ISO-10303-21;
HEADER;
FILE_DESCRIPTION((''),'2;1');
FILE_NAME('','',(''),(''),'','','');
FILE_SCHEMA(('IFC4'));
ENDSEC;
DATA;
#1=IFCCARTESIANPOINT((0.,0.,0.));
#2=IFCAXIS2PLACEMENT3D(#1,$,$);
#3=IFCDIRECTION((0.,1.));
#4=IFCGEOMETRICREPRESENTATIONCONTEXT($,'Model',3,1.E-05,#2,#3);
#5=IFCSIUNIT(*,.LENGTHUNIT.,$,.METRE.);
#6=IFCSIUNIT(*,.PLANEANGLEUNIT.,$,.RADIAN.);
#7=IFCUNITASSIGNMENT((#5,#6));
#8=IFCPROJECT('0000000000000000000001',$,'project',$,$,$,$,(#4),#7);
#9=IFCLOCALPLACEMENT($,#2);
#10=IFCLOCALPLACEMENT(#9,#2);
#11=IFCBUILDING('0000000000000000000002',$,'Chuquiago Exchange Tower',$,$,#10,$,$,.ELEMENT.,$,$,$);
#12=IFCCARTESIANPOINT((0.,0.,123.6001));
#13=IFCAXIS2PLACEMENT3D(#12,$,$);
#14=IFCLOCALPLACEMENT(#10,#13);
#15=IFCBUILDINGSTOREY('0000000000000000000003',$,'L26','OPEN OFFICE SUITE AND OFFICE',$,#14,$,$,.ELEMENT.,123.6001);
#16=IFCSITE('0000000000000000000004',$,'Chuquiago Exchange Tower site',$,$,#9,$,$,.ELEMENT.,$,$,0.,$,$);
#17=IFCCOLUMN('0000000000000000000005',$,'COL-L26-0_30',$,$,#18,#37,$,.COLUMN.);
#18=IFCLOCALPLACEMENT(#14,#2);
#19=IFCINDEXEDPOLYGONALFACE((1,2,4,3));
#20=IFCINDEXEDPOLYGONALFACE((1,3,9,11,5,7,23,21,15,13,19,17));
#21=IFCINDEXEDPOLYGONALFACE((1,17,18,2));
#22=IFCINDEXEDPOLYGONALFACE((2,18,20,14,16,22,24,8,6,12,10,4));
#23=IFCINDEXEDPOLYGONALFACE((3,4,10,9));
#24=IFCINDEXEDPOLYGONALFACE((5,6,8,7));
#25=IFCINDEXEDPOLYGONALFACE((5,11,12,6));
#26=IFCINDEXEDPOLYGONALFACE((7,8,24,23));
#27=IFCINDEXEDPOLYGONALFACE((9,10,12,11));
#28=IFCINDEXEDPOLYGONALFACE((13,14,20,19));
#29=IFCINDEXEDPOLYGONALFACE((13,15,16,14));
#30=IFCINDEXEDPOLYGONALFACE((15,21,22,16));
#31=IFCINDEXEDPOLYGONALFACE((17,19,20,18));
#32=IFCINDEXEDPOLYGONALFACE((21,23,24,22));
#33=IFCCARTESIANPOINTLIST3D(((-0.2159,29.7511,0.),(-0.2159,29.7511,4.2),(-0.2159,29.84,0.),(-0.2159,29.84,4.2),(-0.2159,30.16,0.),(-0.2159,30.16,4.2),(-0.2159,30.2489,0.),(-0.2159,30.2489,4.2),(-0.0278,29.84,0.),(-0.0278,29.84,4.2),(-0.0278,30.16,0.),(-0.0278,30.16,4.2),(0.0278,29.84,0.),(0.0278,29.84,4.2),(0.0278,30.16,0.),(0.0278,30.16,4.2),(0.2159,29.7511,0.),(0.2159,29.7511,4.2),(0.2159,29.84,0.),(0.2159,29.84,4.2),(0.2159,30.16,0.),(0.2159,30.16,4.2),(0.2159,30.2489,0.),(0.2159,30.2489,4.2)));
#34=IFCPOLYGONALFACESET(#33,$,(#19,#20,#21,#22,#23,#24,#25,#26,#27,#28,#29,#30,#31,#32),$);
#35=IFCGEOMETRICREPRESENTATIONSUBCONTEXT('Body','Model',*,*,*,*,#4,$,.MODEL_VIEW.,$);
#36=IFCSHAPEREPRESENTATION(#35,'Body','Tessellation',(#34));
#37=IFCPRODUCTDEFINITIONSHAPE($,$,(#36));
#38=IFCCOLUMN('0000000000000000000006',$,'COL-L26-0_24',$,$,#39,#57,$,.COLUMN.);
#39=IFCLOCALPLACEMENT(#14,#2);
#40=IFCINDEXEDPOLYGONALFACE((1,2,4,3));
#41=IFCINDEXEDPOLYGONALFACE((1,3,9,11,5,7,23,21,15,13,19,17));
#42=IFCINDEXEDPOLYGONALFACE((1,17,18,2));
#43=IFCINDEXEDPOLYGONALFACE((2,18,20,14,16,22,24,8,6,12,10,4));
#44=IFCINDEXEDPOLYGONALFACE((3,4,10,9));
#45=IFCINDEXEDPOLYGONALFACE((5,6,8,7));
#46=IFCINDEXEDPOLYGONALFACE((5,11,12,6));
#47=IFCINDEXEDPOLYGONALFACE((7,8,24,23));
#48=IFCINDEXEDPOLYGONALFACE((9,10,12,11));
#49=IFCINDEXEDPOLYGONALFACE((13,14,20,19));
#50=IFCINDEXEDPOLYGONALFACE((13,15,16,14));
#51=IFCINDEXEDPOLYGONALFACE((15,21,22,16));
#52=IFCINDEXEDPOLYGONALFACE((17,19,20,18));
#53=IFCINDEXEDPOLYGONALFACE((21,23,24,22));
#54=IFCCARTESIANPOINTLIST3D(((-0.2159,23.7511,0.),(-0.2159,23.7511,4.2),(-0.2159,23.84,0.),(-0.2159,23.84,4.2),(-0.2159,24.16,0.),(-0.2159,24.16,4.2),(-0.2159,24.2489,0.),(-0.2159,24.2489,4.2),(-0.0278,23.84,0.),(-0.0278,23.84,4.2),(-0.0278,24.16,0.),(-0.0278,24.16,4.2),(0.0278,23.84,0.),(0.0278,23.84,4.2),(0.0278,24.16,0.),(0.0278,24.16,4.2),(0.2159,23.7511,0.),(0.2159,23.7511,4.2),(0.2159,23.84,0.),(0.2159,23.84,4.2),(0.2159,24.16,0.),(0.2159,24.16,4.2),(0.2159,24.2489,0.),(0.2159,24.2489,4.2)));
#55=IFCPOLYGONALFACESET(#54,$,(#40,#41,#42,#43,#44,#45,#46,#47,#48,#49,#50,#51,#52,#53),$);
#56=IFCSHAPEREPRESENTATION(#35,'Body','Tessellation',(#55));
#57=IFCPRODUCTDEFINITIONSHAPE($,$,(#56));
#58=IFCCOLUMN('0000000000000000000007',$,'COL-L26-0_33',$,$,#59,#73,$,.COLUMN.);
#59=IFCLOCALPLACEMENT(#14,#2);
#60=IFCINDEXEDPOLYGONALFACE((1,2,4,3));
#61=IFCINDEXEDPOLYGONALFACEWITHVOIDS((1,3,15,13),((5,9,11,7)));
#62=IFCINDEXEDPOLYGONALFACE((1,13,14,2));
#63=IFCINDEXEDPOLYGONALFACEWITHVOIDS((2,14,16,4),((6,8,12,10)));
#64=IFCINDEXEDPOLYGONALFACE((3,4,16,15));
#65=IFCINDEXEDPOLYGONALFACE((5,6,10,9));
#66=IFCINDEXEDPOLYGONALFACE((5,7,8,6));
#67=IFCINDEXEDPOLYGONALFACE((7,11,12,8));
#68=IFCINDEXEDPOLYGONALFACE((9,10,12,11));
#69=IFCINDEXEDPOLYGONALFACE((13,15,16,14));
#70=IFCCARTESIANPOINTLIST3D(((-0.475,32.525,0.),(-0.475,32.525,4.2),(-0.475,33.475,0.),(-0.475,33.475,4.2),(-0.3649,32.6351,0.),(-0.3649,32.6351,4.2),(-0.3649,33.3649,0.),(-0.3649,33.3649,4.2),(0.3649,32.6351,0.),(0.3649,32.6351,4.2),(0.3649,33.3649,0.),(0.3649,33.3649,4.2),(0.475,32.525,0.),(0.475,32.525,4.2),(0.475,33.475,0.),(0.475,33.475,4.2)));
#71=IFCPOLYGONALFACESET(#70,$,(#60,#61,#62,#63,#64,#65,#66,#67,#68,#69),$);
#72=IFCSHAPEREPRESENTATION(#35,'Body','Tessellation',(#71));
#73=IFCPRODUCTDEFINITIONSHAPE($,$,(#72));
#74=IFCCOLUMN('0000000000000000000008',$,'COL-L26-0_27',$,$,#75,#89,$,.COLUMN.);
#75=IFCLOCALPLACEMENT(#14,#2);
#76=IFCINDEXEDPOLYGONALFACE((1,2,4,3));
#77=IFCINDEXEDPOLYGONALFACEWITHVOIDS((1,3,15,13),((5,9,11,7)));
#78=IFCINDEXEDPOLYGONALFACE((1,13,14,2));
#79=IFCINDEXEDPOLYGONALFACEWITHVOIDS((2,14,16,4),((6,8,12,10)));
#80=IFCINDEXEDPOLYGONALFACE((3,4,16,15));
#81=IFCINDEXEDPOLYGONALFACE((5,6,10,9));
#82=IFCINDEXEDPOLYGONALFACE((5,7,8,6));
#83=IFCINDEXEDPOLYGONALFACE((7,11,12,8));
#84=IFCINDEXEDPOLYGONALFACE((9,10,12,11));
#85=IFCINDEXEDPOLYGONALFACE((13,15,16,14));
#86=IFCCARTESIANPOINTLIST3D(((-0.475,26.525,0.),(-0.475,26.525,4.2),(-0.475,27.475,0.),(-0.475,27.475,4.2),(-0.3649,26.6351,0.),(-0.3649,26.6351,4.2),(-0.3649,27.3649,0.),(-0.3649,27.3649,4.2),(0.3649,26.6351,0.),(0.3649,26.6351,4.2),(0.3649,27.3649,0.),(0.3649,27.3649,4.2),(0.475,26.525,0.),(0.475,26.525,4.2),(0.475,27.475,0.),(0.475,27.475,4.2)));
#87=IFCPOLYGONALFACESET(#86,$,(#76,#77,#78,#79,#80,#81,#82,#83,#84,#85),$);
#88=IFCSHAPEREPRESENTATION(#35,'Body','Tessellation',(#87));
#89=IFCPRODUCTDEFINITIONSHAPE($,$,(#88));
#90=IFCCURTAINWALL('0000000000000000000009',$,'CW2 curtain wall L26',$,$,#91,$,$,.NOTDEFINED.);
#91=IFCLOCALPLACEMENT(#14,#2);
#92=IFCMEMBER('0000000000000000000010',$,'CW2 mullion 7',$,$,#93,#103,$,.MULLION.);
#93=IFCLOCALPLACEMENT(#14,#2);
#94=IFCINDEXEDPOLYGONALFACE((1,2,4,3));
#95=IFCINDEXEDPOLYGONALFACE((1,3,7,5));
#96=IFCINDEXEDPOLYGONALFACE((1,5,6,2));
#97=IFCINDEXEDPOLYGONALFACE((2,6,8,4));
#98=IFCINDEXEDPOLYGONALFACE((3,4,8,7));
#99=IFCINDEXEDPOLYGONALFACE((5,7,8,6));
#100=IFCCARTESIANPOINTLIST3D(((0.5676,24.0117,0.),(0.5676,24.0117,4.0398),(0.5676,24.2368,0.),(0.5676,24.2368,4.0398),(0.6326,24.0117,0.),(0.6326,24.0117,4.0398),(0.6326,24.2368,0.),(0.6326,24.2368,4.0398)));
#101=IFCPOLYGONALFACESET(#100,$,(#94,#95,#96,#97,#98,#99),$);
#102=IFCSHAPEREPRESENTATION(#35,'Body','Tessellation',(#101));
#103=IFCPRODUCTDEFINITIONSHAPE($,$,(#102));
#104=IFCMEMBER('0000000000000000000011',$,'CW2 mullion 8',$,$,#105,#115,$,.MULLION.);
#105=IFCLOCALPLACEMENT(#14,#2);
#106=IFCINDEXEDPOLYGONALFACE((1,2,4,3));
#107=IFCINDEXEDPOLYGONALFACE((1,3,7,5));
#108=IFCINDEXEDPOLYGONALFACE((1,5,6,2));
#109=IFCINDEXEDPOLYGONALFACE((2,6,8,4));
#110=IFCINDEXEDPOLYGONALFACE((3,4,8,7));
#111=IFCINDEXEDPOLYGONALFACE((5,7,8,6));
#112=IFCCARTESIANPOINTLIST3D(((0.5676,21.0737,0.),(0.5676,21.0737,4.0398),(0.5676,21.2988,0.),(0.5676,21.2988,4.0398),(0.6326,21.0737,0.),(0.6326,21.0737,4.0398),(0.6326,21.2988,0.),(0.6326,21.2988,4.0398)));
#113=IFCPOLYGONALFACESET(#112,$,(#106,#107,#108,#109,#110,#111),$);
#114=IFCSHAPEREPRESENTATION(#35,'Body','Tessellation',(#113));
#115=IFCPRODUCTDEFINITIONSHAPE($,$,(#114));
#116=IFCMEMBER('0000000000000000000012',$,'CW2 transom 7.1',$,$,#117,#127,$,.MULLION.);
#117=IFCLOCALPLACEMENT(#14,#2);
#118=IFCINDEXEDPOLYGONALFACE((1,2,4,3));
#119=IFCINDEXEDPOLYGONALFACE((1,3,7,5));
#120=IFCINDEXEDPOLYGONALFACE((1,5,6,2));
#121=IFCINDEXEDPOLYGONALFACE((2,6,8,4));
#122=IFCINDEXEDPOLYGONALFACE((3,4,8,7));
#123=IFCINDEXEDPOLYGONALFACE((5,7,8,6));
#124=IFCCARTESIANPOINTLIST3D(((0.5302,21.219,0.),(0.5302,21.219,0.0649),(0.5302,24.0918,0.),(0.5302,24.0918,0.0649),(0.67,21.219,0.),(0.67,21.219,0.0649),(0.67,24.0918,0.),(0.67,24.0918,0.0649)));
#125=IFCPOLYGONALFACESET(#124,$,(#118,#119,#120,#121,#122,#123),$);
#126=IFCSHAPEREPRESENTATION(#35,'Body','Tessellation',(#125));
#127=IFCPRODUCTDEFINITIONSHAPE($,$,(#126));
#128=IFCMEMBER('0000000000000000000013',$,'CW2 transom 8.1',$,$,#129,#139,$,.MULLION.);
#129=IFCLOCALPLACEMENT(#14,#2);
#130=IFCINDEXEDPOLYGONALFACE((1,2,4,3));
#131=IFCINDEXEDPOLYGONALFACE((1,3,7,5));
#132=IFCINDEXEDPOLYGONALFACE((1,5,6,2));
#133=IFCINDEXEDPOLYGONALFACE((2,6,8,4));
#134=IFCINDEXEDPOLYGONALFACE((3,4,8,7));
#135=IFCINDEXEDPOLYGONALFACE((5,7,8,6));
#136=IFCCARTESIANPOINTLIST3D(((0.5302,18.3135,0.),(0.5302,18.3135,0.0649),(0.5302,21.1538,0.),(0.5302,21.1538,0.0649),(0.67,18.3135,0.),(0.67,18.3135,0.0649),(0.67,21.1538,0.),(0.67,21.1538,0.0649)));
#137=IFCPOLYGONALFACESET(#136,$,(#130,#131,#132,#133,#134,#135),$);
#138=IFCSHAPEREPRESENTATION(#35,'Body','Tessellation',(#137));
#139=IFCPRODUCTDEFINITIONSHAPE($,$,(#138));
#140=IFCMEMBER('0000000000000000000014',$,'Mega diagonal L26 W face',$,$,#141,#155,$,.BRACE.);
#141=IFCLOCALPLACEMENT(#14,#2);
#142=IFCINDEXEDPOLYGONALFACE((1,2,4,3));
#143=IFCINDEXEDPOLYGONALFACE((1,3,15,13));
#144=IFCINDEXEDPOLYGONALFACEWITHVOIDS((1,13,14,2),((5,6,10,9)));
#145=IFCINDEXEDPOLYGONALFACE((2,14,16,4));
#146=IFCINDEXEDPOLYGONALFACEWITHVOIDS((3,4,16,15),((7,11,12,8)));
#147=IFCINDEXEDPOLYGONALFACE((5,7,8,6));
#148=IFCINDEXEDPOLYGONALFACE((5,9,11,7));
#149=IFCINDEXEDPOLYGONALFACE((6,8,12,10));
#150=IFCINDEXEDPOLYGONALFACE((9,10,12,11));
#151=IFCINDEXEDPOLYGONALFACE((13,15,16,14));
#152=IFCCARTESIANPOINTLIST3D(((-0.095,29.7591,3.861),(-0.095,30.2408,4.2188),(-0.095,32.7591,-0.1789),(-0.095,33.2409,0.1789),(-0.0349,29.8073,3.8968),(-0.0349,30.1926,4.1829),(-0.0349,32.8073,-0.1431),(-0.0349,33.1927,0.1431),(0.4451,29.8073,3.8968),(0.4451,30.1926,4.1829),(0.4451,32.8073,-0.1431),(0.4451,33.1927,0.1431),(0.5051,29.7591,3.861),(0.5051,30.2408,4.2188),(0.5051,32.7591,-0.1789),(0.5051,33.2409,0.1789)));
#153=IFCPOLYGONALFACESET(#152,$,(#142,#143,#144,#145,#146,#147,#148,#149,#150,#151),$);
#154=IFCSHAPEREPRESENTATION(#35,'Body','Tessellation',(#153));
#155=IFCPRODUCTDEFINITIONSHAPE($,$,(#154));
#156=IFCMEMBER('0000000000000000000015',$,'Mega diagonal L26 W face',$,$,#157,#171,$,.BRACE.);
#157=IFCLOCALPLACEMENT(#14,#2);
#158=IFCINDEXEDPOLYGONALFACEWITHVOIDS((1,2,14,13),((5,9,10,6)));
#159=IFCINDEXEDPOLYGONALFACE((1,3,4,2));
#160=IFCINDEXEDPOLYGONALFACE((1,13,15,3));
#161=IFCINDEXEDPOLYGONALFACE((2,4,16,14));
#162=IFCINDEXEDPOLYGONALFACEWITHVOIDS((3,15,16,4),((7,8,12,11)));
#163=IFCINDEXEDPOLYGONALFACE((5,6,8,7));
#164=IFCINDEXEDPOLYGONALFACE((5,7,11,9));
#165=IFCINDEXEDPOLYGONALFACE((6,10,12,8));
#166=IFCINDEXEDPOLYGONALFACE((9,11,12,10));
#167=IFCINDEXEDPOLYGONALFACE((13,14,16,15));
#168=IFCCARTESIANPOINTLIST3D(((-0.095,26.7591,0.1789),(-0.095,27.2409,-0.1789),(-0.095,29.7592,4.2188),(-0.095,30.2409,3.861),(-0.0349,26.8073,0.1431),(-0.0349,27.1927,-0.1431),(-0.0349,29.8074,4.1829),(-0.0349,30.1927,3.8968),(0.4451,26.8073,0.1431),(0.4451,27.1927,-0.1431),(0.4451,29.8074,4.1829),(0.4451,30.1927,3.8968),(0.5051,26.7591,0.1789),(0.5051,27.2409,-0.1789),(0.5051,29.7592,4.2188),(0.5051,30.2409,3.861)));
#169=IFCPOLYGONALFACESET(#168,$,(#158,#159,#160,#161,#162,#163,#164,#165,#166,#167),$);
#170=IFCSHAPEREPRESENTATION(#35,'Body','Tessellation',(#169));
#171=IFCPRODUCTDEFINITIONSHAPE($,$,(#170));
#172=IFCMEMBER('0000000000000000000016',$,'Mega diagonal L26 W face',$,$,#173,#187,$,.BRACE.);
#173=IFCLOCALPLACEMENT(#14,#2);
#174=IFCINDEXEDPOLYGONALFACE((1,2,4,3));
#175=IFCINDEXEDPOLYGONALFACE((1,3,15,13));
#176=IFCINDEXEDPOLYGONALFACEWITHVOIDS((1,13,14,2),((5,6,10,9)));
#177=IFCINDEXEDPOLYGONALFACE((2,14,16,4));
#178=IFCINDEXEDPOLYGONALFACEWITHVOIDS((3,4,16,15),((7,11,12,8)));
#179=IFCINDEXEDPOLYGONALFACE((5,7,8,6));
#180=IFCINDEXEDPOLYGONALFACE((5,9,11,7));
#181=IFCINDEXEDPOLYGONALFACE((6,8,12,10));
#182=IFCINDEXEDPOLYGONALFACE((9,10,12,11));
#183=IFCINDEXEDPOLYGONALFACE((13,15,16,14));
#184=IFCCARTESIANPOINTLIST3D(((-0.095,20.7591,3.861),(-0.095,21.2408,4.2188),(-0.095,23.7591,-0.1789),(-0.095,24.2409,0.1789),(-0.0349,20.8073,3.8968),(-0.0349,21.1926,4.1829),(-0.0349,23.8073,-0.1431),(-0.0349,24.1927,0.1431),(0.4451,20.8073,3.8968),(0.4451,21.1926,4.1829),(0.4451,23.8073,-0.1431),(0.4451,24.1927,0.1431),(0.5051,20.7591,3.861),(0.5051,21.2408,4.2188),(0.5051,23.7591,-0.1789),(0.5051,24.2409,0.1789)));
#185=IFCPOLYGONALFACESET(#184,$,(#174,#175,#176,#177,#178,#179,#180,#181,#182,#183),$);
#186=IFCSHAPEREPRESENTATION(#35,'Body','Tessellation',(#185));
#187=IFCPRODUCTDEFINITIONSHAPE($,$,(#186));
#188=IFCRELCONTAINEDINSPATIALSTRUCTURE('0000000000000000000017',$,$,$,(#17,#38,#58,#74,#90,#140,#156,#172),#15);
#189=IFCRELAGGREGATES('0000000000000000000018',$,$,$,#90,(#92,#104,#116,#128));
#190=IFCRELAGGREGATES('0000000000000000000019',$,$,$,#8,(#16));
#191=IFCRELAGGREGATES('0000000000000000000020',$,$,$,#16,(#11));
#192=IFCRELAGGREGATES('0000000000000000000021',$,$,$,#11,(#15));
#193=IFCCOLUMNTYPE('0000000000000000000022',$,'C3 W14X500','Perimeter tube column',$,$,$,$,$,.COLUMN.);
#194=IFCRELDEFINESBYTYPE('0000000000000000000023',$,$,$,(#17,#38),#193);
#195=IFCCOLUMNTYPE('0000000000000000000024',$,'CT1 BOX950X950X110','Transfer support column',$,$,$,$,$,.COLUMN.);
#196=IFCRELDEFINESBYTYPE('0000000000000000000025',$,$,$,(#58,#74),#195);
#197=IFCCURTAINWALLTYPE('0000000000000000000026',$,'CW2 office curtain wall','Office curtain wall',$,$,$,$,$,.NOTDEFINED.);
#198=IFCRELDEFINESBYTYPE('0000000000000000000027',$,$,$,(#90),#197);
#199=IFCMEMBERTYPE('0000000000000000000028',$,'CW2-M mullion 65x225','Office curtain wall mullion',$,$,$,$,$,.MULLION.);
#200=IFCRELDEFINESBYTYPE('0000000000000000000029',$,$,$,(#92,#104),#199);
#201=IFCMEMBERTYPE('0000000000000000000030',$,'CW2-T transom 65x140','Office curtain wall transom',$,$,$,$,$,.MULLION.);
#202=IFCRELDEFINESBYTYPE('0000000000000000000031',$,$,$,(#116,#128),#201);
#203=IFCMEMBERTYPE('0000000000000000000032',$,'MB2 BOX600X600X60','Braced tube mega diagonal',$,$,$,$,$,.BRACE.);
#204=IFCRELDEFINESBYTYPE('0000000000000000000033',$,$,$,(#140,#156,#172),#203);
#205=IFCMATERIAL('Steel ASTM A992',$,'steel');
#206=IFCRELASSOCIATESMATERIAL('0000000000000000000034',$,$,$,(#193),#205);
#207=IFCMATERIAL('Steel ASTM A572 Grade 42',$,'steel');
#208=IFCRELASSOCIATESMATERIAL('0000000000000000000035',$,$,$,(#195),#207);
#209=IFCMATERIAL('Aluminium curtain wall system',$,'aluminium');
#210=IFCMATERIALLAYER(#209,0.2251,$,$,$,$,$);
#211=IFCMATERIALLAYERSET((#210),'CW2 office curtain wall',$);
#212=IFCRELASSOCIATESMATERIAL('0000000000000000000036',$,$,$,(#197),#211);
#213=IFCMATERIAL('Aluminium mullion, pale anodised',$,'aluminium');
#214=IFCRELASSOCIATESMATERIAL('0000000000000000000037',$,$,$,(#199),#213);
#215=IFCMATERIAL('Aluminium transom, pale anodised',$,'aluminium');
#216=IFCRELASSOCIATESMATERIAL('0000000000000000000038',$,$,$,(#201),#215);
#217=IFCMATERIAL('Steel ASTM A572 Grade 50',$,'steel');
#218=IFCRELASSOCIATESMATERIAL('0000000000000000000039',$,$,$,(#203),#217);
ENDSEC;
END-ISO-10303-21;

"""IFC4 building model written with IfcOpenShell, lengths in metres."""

from ifc_helpers import new_model, si_unit, direction, frame, origin, origin_2d, place, context, subcontext, project, spatial, rectangle, hollow_rectangle, i_section, extrude, material, layer, layer_set, material_profile, profile_set, type_object, element, aggregate, save


model = new_model("IFC4")

# Units and contexts
model_context = context("Model", 3, precision=1e-05, world=origin(), true_north=direction((0.0, 1.0)))
body_context = subcontext(model_context, "Body", "Model", "MODEL_VIEW")
ifc_project = project(units=[si_unit("LENGTHUNIT", "METRE"), si_unit("PLANEANGLEUNIT", "RADIAN")], contexts=[model_context])

# Site, building, storey
site_placement = place(None, origin())
site = spatial("IfcSite", under=ifc_project, at=site_placement, Name="Chuquiago Exchange Tower site", CompositionType="ELEMENT", RefElevation=0.0)
building_placement = place(site_placement, origin())
building = spatial("IfcBuilding", under=site, at=building_placement, Name="Chuquiago Exchange Tower", CompositionType="ELEMENT")
storey_placement = place(building_placement, frame((0.0, 0.0, 123.6001)))
storey = spatial("IfcBuildingStorey", under=building, at=storey_placement, Name="L26", Description="OPEN OFFICE SUITE AND OFFICE", CompositionType="ELEMENT", Elevation=123.6001)

# Columns
ifc_material_1 = material(Name="Steel ASTM A992", Category="steel")
ifc_material_profile_1 = material_profile(ifc_material_1, i_section(OverallWidth=0.4319, OverallDepth=0.4978, WebThickness=0.0557, FlangeThickness=0.0889, at=origin_2d()), Name="W14X500")
ifc_profile_set_1 = profile_set([ifc_material_profile_1], Name="Steel ASTM A992")
column_type_1 = type_object("IfcColumnType", Name="C3 W14X500", Description="Perimeter tube column", PredefinedType="COLUMN", material=ifc_profile_set_1)
for number, where, z_axis, x_axis, name in (
    (1, (0.0, 30.0, 0.0), (0.0, 0.0, 1.0), (-1.0, 0.0, 0.0), "COL-L26-0_30"),
    (2, (0.0, 24.0, 0.0), (0.0, 0.0, 1.0), (-1.0, 0.0, 0.0), "COL-L26-0_24"),
):
    element("IfcColumn", number, at=place(storey_placement, frame(where, z_axis=z_axis, x_axis=x_axis)), inside=storey, type_object=column_type_1, Name=name, PredefinedType="COLUMN", context=body_context, shape_type="SweptSolid", body=[
        extrude(i_section(OverallWidth=0.4319, OverallDepth=0.4978, WebThickness=0.0557, FlangeThickness=0.0889, at=origin_2d()), origin(), (0.0, 0.0, 1.0), 4.2),
    ])
ifc_material_2 = material(Name="Steel ASTM A572 Grade 42", Category="steel")
ifc_material_profile_2 = material_profile(ifc_material_2, hollow_rectangle(XDim=0.95, YDim=0.95, WallThickness=0.1101, at=origin_2d()), Name="BOX950X950X110")
ifc_profile_set_2 = profile_set([ifc_material_profile_2], Name="Steel ASTM A572 Grade 42")
column_type_2 = type_object("IfcColumnType", Name="CT1 BOX950X950X110", Description="Transfer support column", PredefinedType="COLUMN", material=ifc_profile_set_2)
for number, where, z_axis, x_axis, name in (
    (3, (0.0, 33.0, 0.0), (0.0, 0.0, 1.0), (-1.0, 0.0, 0.0), "COL-L26-0_33"),
    (4, (0.0, 27.0, 0.0), (0.0, 0.0, 1.0), (-1.0, 0.0, 0.0), "COL-L26-0_27"),
):
    element("IfcColumn", number, at=place(storey_placement, frame(where, z_axis=z_axis, x_axis=x_axis)), inside=storey, type_object=column_type_2, Name=name, PredefinedType="COLUMN", context=body_context, shape_type="SweptSolid", body=[
        extrude(hollow_rectangle(XDim=0.95, YDim=0.95, WallThickness=0.1101, at=origin_2d()), origin(), (0.0, 0.0, 1.0), 4.2),
    ])

# Curtain wall, members
ifc_material_3 = material(Name="Aluminium curtain wall system", Category="aluminium")
ifc_layer_1 = layer(ifc_material_3, 0.2251)
ifc_layer_set_1 = layer_set([ifc_layer_1], Name="CW2 office curtain wall")
curtain_wall_type = type_object("IfcCurtainWallType", Name="CW2 office curtain wall", Description="Office curtain wall", PredefinedType="NOTDEFINED", material=ifc_layer_set_1)
curtain_wall_placement = place(storey_placement, origin())
curtain_wall = element("IfcCurtainWall", 5, at=curtain_wall_placement, inside=storey, type_object=curtain_wall_type, Name="CW2 curtain wall L26", PredefinedType="NOTDEFINED")
ifc_material_4 = material(Name="Aluminium mullion, pale anodised", Category="aluminium")
ifc_material_profile_3 = material_profile(ifc_material_4, rectangle(XDim=0.0649, YDim=0.2251, at=origin_2d()), Name="AL 65x225")
ifc_profile_set_3 = profile_set([ifc_material_profile_3], Name="Aluminium mullion, pale anodised")
member_type_1 = type_object("IfcMemberType", Name="CW2-M mullion 65x225", Description="Office curtain wall mullion", PredefinedType="MULLION", material=ifc_profile_set_3)
member_1_placement = place(storey_placement, frame((0.6001, 24.1243, 0.0), z_axis=(0.0, 0.0, 1.0), x_axis=(1.0, 0.0, 0.0)))
member_1 = element("IfcMember", 6, at=member_1_placement, type_object=member_type_1, Name="CW2 mullion 7", PredefinedType="MULLION", context=body_context, shape_type="SweptSolid", body=[
    extrude(rectangle(XDim=0.0649, YDim=0.2251, at=origin_2d()), origin(), (0.0, 0.0, 1.0), 4.0398),
])
member_2_placement = place(storey_placement, frame((0.6001, 21.1863, 0.0), z_axis=(0.0, 0.0, 1.0), x_axis=(1.0, 0.0, 0.0)))
member_2 = element("IfcMember", 7, at=member_2_placement, type_object=member_type_1, Name="CW2 mullion 8", PredefinedType="MULLION", context=body_context, shape_type="SweptSolid", body=[
    extrude(rectangle(XDim=0.0649, YDim=0.2251, at=origin_2d()), origin(), (0.0, 0.0, 1.0), 4.0398),
])
ifc_material_5 = material(Name="Aluminium transom, pale anodised", Category="aluminium")
ifc_material_profile_4 = material_profile(ifc_material_5, rectangle(XDim=0.1399, YDim=0.0649, at=origin_2d()), Name="AL 140x65")
ifc_profile_set_4 = profile_set([ifc_material_profile_4], Name="Aluminium transom, pale anodised")
member_type_2 = type_object("IfcMemberType", Name="CW2-T transom 65x140", Description="Office curtain wall transom", PredefinedType="MULLION", material=ifc_profile_set_4)
member_3_placement = place(storey_placement, frame((0.6001, 24.0918, 0.0325), z_axis=(0.0, -1.0, 0.0), x_axis=(1.0, 0.0, 0.0)))
member_3 = element("IfcMember", 8, at=member_3_placement, type_object=member_type_2, Name="CW2 transom 7.1", PredefinedType="MULLION", context=body_context, shape_type="SweptSolid", body=[
    extrude(rectangle(XDim=0.1399, YDim=0.0649, at=origin_2d()), origin(), (0.0, 0.0, 1.0), 2.8728),
])
member_4_placement = place(storey_placement, frame((0.6001, 21.1538, 0.0325), z_axis=(0.0, -1.0, 0.0), x_axis=(1.0, 0.0, 0.0)))
member_4 = element("IfcMember", 9, at=member_4_placement, type_object=member_type_2, Name="CW2 transom 8.1", PredefinedType="MULLION", context=body_context, shape_type="SweptSolid", body=[
    extrude(rectangle(XDim=0.1399, YDim=0.0649, at=origin_2d()), origin(), (0.0, 0.0, 1.0), 2.8403),
])

# Members
ifc_material_6 = material(Name="Steel ASTM A572 Grade 50", Category="steel")
ifc_material_profile_5 = material_profile(ifc_material_6, hollow_rectangle(XDim=0.6001, YDim=0.6001, WallThickness=0.0601, at=origin_2d()), Name="BOX600X600X60")
ifc_profile_set_5 = profile_set([ifc_material_profile_5], Name="Steel ASTM A572 Grade 50")
member_type_3 = type_object("IfcMemberType", Name="MB2 BOX600X600X60", Description="Braced tube mega diagonal", PredefinedType="BRACE", material=ifc_profile_set_5)
for number, where, z_axis, x_axis, name in (
    (10, (0.2051, 33.0, 0.0), (0.0, -0.596197, 0.802838), (1.0, 0.0, 0.0), "Mega diagonal L26 W face"),
    (11, (0.2051, 27.0, 0.0), (0.0, 0.596197, 0.802838), (-1.0, 0.0, 0.0), "Mega diagonal L26 W face"),
    (12, (0.2051, 24.0, 0.0), (0.0, -0.596197, 0.802838), (1.0, 0.0, 0.0), "Mega diagonal L26 W face"),
):
    element("IfcMember", number, at=place(storey_placement, frame(where, z_axis=z_axis, x_axis=x_axis)), inside=storey, type_object=member_type_3, Name=name, PredefinedType="BRACE", context=body_context, shape_type="SweptSolid", body=[
        extrude(hollow_rectangle(XDim=0.6001, YDim=0.6001, WallThickness=0.0601, at=origin_2d()), origin(), (0.0, 0.0, 1.0), 5.032),
    ])

aggregate(curtain_wall, [member_1, member_2, member_3, member_4])

save(model, "model.ifc")
